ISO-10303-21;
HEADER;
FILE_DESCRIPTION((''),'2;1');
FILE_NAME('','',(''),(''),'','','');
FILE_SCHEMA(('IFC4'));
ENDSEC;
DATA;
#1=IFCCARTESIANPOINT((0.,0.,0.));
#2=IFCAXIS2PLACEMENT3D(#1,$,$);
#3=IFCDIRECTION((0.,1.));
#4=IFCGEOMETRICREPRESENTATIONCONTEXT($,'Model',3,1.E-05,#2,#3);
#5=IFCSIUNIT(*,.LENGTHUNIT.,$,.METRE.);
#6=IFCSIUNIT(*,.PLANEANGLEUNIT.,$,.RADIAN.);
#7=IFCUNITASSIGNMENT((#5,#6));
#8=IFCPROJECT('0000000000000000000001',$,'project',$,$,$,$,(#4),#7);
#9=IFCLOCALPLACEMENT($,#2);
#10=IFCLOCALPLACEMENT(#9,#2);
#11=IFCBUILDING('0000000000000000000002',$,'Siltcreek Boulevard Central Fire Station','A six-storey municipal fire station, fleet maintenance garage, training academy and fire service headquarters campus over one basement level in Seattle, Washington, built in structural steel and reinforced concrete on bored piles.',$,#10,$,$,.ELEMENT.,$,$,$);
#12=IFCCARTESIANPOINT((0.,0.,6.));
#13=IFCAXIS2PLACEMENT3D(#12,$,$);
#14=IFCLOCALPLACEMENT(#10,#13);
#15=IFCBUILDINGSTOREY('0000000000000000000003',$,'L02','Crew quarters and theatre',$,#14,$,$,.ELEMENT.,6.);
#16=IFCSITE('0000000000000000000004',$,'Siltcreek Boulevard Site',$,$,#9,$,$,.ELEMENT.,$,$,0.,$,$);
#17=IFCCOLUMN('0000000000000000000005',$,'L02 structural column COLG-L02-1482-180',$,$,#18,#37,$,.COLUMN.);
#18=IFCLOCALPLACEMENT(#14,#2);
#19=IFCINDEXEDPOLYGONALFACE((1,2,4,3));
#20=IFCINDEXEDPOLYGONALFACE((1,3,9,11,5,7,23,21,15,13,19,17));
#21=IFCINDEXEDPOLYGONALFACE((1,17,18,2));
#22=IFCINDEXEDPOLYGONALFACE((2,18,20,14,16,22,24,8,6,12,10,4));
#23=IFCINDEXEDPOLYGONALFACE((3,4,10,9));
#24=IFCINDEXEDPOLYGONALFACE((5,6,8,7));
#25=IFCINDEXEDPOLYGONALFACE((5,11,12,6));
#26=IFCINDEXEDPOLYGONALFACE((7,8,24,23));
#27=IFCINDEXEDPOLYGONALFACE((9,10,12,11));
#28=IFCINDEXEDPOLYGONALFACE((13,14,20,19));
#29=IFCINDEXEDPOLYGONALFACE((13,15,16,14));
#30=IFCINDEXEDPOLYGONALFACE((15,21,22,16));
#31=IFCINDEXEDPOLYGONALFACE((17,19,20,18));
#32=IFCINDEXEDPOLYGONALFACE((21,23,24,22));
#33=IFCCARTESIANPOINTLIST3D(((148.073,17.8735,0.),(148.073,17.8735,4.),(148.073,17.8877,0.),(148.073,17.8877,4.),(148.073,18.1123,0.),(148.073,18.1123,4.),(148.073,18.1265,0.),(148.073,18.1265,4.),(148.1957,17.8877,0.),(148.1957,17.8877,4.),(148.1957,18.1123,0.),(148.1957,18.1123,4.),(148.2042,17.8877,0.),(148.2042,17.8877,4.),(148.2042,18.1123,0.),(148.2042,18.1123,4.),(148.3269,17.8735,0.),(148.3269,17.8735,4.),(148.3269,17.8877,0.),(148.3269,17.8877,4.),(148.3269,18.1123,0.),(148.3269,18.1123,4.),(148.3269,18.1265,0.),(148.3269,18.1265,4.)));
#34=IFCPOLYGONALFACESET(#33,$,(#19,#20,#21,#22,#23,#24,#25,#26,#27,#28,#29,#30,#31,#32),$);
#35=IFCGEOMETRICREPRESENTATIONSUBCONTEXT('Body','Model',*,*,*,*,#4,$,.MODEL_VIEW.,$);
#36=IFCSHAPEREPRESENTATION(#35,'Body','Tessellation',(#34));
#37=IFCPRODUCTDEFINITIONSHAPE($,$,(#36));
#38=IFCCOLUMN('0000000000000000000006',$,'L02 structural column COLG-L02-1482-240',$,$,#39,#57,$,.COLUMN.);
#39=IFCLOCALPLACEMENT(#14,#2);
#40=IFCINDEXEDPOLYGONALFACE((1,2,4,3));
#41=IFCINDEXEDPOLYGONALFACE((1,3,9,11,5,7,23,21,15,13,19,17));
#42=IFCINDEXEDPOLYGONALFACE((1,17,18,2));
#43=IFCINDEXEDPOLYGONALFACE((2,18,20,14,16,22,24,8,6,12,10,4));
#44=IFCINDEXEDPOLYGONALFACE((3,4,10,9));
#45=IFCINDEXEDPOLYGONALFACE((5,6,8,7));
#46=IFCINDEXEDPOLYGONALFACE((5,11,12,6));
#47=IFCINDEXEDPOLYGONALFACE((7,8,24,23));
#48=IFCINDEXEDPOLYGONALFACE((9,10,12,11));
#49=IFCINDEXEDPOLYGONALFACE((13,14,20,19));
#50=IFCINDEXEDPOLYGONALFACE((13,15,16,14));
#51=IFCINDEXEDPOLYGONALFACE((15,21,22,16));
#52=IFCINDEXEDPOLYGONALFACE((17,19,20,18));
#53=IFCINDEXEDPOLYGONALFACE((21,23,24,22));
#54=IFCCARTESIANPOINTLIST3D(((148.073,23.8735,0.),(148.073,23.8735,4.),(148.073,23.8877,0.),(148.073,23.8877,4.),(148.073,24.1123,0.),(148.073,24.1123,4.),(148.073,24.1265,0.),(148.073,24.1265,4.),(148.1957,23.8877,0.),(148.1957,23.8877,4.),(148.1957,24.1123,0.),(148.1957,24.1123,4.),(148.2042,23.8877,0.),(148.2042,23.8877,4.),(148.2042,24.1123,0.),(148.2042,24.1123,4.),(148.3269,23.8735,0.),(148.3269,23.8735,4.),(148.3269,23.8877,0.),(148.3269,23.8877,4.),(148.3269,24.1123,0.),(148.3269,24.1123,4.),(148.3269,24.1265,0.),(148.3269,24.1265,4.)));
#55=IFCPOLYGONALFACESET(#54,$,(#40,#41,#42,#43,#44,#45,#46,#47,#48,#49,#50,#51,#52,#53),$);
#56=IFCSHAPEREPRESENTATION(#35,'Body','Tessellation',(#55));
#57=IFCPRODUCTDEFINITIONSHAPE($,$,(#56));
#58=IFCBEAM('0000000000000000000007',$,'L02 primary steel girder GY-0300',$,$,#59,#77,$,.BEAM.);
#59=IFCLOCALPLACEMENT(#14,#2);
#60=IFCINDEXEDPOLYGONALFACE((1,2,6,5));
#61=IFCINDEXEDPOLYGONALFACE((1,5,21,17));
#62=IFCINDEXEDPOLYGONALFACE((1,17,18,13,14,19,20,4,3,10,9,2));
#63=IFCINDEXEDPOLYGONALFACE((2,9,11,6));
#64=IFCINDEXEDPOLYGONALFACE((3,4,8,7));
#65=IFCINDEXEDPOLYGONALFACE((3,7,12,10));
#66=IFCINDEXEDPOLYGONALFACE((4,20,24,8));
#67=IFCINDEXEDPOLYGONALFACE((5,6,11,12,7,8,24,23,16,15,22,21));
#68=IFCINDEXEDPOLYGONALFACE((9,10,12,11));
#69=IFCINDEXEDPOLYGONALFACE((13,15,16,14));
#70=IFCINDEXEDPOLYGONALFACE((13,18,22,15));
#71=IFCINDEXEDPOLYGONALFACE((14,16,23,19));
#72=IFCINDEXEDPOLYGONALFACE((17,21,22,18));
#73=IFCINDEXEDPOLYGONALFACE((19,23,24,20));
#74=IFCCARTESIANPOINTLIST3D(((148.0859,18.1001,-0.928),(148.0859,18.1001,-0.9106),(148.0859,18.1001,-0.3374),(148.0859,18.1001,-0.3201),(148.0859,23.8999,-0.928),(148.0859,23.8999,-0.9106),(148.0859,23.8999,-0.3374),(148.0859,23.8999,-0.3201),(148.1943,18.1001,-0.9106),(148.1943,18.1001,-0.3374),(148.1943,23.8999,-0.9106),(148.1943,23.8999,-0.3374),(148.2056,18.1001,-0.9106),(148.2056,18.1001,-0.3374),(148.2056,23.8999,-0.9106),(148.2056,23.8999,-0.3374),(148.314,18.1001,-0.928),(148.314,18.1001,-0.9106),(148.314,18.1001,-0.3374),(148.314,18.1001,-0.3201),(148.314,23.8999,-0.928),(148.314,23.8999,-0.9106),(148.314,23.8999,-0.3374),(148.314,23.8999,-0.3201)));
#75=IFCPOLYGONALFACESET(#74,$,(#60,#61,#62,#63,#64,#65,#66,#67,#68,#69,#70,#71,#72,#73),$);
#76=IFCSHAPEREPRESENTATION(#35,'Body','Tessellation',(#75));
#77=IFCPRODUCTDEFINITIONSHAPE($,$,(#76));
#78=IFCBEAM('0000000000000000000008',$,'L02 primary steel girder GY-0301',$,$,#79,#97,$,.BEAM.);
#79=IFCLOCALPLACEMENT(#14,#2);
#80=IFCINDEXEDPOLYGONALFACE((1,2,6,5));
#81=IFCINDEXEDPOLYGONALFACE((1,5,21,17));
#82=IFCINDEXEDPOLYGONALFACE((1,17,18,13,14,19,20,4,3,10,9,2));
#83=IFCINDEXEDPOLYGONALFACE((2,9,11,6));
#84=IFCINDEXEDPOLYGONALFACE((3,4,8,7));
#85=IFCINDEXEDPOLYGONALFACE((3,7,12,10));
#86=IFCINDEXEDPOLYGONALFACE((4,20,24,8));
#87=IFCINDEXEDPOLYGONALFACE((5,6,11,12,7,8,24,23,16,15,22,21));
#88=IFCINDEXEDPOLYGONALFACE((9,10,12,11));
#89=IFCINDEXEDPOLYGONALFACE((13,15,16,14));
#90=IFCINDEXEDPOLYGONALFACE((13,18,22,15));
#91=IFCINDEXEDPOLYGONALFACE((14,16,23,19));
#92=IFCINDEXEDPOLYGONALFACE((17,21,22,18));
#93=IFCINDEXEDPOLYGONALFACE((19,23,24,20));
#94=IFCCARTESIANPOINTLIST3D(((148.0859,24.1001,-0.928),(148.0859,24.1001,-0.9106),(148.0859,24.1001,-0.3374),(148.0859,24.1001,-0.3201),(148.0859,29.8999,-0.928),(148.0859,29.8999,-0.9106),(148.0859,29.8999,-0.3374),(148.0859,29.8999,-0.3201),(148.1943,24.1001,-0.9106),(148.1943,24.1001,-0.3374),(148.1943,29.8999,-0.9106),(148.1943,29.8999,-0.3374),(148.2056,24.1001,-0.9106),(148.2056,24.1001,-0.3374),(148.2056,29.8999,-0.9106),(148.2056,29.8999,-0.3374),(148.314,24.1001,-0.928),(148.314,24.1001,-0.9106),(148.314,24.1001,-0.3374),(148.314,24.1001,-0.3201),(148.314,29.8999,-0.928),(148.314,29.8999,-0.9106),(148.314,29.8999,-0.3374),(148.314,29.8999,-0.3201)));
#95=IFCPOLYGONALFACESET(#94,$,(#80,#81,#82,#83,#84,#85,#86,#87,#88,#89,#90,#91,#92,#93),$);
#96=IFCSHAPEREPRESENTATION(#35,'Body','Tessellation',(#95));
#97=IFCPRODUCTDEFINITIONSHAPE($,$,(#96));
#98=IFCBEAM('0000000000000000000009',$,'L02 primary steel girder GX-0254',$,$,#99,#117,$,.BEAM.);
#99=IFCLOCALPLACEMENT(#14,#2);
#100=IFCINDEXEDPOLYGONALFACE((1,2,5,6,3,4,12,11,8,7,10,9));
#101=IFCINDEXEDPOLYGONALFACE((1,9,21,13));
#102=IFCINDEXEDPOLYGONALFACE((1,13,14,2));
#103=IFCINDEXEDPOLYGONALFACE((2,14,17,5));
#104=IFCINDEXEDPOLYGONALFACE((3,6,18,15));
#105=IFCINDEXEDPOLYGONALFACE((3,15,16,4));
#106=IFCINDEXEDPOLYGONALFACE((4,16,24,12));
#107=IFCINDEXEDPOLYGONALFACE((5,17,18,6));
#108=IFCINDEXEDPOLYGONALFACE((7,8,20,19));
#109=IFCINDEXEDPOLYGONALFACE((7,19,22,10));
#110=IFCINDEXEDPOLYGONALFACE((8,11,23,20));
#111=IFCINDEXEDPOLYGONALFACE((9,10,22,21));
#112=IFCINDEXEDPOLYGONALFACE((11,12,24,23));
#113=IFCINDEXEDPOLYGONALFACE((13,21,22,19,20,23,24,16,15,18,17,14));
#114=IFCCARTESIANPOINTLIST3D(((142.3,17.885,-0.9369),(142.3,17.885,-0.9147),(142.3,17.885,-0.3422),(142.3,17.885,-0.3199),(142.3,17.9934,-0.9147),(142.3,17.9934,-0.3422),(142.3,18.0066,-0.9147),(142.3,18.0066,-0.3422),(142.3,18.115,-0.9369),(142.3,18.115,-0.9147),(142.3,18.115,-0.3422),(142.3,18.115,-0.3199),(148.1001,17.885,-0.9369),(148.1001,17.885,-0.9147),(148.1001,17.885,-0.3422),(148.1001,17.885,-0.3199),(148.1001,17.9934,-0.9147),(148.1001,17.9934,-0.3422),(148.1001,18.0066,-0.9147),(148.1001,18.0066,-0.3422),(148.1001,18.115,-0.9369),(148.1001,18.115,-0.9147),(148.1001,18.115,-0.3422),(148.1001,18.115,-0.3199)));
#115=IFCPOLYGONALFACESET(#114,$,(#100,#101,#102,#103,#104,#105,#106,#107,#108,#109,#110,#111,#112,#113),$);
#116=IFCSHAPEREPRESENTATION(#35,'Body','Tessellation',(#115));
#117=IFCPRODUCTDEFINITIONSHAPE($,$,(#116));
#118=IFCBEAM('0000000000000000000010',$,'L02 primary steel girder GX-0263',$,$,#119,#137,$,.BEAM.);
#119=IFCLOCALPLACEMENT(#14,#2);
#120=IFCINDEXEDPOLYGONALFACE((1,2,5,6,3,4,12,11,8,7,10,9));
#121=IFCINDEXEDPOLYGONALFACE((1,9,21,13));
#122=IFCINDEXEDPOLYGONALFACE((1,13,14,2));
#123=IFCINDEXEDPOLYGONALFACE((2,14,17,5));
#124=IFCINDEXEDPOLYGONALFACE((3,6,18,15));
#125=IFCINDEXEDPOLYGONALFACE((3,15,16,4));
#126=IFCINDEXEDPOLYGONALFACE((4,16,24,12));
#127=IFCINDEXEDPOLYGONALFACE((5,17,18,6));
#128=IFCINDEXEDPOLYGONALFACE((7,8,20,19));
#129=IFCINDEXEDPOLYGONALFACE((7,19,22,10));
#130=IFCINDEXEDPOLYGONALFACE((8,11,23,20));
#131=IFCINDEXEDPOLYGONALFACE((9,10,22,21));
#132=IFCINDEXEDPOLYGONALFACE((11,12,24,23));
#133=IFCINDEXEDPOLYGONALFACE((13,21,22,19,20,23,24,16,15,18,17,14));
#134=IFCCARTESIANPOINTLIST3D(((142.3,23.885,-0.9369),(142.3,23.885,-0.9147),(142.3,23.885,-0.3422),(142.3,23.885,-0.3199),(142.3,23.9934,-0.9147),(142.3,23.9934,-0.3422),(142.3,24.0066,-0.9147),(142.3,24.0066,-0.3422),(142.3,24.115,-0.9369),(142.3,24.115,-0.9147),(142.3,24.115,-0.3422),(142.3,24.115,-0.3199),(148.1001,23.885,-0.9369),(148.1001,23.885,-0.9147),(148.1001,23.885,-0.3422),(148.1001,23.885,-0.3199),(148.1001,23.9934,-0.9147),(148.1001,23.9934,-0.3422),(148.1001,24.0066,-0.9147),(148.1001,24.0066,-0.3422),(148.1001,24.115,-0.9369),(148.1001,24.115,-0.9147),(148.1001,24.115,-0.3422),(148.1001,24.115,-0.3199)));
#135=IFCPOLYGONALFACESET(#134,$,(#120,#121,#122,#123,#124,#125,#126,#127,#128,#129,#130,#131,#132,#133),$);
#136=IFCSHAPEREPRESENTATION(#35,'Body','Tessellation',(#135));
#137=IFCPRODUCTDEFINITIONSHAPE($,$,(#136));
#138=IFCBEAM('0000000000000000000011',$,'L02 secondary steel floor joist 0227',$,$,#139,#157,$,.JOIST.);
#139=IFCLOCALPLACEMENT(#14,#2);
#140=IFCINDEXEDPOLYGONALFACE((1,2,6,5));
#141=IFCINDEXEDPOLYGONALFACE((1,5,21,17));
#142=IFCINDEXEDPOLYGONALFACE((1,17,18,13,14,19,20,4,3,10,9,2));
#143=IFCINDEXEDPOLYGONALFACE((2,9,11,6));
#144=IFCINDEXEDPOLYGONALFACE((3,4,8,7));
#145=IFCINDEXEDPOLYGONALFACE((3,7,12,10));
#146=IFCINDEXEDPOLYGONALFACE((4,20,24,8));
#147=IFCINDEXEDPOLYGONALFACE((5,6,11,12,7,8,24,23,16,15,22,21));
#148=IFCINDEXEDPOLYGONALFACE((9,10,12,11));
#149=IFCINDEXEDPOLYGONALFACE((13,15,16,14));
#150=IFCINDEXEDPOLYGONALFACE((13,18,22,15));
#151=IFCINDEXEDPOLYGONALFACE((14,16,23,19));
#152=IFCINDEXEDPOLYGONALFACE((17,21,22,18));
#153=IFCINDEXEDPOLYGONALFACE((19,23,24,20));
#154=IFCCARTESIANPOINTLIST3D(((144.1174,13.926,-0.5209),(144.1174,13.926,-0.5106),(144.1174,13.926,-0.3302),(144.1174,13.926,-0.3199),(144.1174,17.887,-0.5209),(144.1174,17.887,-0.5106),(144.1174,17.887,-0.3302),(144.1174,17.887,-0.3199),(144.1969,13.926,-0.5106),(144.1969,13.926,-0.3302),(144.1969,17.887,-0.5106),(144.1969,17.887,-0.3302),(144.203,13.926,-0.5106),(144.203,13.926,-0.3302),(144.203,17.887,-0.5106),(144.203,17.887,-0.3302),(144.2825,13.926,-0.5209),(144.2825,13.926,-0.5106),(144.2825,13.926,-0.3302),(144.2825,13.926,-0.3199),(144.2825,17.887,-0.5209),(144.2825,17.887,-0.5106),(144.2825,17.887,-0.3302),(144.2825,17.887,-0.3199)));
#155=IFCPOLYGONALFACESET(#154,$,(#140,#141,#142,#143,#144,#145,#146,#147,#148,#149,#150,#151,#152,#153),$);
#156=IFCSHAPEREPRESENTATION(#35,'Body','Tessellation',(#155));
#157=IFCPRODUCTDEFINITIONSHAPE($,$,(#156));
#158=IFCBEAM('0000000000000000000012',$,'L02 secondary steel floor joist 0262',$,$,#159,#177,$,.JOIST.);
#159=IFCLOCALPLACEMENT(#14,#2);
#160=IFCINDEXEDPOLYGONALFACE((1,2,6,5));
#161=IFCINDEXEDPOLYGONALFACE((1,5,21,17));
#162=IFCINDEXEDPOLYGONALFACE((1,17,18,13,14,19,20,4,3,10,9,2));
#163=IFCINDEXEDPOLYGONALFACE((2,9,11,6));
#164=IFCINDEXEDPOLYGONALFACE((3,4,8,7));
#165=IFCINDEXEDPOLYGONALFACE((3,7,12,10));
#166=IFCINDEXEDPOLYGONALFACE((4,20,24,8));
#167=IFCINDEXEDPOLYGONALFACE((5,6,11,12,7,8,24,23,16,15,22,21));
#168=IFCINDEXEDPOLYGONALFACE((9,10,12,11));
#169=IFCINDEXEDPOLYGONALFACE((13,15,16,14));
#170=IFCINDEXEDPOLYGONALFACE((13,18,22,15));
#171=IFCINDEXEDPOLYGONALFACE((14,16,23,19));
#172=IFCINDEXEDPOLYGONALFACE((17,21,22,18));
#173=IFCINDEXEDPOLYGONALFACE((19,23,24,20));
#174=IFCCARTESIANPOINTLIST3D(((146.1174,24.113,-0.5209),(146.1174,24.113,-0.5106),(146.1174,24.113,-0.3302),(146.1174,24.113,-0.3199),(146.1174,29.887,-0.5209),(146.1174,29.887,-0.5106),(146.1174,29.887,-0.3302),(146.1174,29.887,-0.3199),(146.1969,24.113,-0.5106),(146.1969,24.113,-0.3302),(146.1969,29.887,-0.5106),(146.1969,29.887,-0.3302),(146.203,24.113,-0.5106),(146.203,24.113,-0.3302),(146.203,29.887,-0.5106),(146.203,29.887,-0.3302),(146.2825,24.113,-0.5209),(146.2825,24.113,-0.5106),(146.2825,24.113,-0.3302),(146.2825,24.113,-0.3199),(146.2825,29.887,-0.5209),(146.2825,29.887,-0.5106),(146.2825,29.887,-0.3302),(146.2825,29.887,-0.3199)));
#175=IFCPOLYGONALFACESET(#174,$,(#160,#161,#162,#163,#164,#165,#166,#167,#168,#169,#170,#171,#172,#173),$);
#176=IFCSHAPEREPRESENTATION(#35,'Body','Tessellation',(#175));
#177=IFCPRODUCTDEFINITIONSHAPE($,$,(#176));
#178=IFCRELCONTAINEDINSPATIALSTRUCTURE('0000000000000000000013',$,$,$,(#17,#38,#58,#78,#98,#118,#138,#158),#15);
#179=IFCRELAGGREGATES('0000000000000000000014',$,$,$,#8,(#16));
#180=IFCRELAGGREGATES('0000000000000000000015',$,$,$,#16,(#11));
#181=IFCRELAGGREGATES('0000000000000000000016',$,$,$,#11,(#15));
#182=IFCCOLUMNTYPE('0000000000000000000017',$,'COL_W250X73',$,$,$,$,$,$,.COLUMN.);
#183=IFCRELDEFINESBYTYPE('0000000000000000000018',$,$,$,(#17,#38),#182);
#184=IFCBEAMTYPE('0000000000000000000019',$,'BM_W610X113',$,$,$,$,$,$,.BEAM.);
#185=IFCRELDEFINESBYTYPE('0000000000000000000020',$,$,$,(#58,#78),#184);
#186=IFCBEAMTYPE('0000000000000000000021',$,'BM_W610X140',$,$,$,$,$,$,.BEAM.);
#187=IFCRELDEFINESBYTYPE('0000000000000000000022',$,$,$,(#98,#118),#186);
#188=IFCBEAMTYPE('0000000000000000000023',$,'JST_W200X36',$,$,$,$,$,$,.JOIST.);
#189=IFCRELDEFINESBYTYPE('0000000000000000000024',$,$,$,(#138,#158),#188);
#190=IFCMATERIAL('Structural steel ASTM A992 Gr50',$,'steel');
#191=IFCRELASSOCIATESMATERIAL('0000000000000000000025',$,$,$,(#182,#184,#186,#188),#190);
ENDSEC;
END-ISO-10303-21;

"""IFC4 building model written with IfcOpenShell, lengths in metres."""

from ifc_helpers import new_model, si_unit, direction, frame, origin, origin_2d, place, context, subcontext, project, spatial, i_section, extrude, material, material_profile, profile_set, type_object, element, save


model = new_model("IFC4")

# Units and contexts
model_context = context("Model", 3, precision=1e-05, world=origin(), true_north=direction((0.0, 1.0)))
body_context = subcontext(model_context, "Body", "Model", "MODEL_VIEW")
ifc_project = project(units=[si_unit("LENGTHUNIT", "METRE"), si_unit("PLANEANGLEUNIT", "RADIAN")], contexts=[model_context])

# Site, building, storey
site_placement = place(None, origin())
site = spatial("IfcSite", under=ifc_project, at=site_placement, Name="Siltcreek Boulevard Site", CompositionType="ELEMENT", RefElevation=0.0)
building_placement = place(site_placement, origin())
building = spatial("IfcBuilding", under=site, at=building_placement, Name="Siltcreek Boulevard Central Fire Station", Description="A six-storey municipal fire station, fleet maintenance garage, training academy and fire service headquarters campus over one basement level in Seattle, Washington, built in structural steel and reinforced concrete on bored piles.", CompositionType="ELEMENT")
storey_placement = place(building_placement, frame((0.0, 0.0, 6.0)))
storey = spatial("IfcBuildingStorey", under=building, at=storey_placement, Name="L02", Description="Crew quarters and theatre", CompositionType="ELEMENT", Elevation=6.0)

# Columns
ifc_material_1 = material(Name="Structural steel ASTM A992 Gr50", Category="steel")
ifc_material_profile_1 = material_profile(ifc_material_1, i_section(OverallWidth=0.2539, OverallDepth=0.2529, WebThickness=0.0085, FlangeThickness=0.0142, at=origin_2d()), Name="W250X73")
ifc_profile_set_1 = profile_set([ifc_material_profile_1], Name="Structural steel ASTM A992 Gr50")
column_type = type_object("IfcColumnType", Name="COL_W250X73", PredefinedType="COLUMN", material=ifc_profile_set_1)
for number, where, z_axis, x_axis, name in (
    (1, (148.2, 18.0, 0.0), (0.0, 0.0, 1.0), (1.0, 0.0, 0.0), "L02 structural column COLG-L02-1482-180"),
    (2, (148.2, 24.0, 0.0), (0.0, 0.0, 1.0), (1.0, 0.0, 0.0), "L02 structural column COLG-L02-1482-240"),
):
    element("IfcColumn", number, at=place(storey_placement, frame(where, z_axis=z_axis, x_axis=x_axis)), inside=storey, type_object=column_type, Name=name, PredefinedType="COLUMN", context=body_context, shape_type="SweptSolid", body=[
        extrude(i_section(OverallWidth=0.2539, OverallDepth=0.2529, WebThickness=0.0085, FlangeThickness=0.0142, at=origin_2d()), origin(), (0.0, 0.0, 1.0), 4.0),
    ])

# Beams
ifc_material_profile_2 = material_profile(ifc_material_1, i_section(OverallWidth=0.228, OverallDepth=0.6079, WebThickness=0.0112, FlangeThickness=0.0173, at=origin_2d()), Name="W610X113")
ifc_profile_set_2 = profile_set([ifc_material_profile_2], Name="Structural steel ASTM A992 Gr50")
beam_type_1 = type_object("IfcBeamType", Name="BM_W610X113", PredefinedType="BEAM", material=ifc_profile_set_2)
for number, where, z_axis, x_axis, name in (
    (3, (148.2, 18.1001, -0.624), (0.0, 1.0, 0.0), (-1.0, 0.0, 0.0), "L02 primary steel girder GY-0300"),
    (4, (148.2, 24.1001, -0.624), (0.0, 1.0, 0.0), (-1.0, 0.0, 0.0), "L02 primary steel girder GY-0301"),
):
    element("IfcBeam", number, at=place(storey_placement, frame(where, z_axis=z_axis, x_axis=x_axis)), inside=storey, type_object=beam_type_1, Name=name, PredefinedType="BEAM", context=body_context, shape_type="SweptSolid", body=[
        extrude(i_section(OverallWidth=0.228, OverallDepth=0.6079, WebThickness=0.0112, FlangeThickness=0.0173, at=origin_2d()), origin(), (0.0, 0.0, 1.0), 5.7998),
    ])
ifc_material_profile_3 = material_profile(ifc_material_1, i_section(OverallWidth=0.23, OverallDepth=0.6169, WebThickness=0.0132, FlangeThickness=0.0222, at=origin_2d()), Name="W610X140")
ifc_profile_set_3 = profile_set([ifc_material_profile_3], Name="Structural steel ASTM A992 Gr50")
beam_type_2 = type_object("IfcBeamType", Name="BM_W610X140", PredefinedType="BEAM", material=ifc_profile_set_3)
for number, where, z_axis, x_axis, name in (
    (5, (142.3, 18.0, -0.6284), (1.0, 0.0, 0.0), (0.0, 1.0, 0.0), "L02 primary steel girder GX-0254"),
    (6, (142.3, 24.0, -0.6284), (1.0, 0.0, 0.0), (0.0, 1.0, 0.0), "L02 primary steel girder GX-0263"),
):
    element("IfcBeam", number, at=place(storey_placement, frame(where, z_axis=z_axis, x_axis=x_axis)), inside=storey, type_object=beam_type_2, Name=name, PredefinedType="BEAM", context=body_context, shape_type="SweptSolid", body=[
        extrude(i_section(OverallWidth=0.23, OverallDepth=0.6169, WebThickness=0.0132, FlangeThickness=0.0222, at=origin_2d()), origin(), (0.0, 0.0, 1.0), 5.8),
    ])
ifc_material_profile_4 = material_profile(ifc_material_1, i_section(OverallWidth=0.165, OverallDepth=0.2009, WebThickness=0.0061, FlangeThickness=0.0103, at=origin_2d()), Name="W200X36")
ifc_profile_set_4 = profile_set([ifc_material_profile_4], Name="Structural steel ASTM A992 Gr50")
beam_type_3 = type_object("IfcBeamType", Name="JST_W200X36", PredefinedType="JOIST", material=ifc_profile_set_4)
beam_1_placement = place(storey_placement, frame((144.2, 13.926, -0.4204), z_axis=(0.0, 1.0, 0.0), x_axis=(-1.0, 0.0, 0.0)))
element("IfcBeam", 7, at=beam_1_placement, inside=storey, type_object=beam_type_3, Name="L02 secondary steel floor joist 0227", PredefinedType="JOIST", context=body_context, shape_type="SweptSolid", body=[
    extrude(i_section(OverallWidth=0.165, OverallDepth=0.2009, WebThickness=0.0061, FlangeThickness=0.0103, at=origin_2d()), origin(), (0.0, 0.0, 1.0), 3.9609),
])
beam_2_placement = place(storey_placement, frame((146.2, 24.113, -0.4204), z_axis=(0.0, 1.0, 0.0), x_axis=(-1.0, 0.0, 0.0)))
element("IfcBeam", 8, at=beam_2_placement, inside=storey, type_object=beam_type_3, Name="L02 secondary steel floor joist 0262", PredefinedType="JOIST", context=body_context, shape_type="SweptSolid", body=[
    extrude(i_section(OverallWidth=0.165, OverallDepth=0.2009, WebThickness=0.0061, FlangeThickness=0.0103, at=origin_2d()), origin(), (0.0, 0.0, 1.0), 5.7739),
])

save(model, "model.ifc")
